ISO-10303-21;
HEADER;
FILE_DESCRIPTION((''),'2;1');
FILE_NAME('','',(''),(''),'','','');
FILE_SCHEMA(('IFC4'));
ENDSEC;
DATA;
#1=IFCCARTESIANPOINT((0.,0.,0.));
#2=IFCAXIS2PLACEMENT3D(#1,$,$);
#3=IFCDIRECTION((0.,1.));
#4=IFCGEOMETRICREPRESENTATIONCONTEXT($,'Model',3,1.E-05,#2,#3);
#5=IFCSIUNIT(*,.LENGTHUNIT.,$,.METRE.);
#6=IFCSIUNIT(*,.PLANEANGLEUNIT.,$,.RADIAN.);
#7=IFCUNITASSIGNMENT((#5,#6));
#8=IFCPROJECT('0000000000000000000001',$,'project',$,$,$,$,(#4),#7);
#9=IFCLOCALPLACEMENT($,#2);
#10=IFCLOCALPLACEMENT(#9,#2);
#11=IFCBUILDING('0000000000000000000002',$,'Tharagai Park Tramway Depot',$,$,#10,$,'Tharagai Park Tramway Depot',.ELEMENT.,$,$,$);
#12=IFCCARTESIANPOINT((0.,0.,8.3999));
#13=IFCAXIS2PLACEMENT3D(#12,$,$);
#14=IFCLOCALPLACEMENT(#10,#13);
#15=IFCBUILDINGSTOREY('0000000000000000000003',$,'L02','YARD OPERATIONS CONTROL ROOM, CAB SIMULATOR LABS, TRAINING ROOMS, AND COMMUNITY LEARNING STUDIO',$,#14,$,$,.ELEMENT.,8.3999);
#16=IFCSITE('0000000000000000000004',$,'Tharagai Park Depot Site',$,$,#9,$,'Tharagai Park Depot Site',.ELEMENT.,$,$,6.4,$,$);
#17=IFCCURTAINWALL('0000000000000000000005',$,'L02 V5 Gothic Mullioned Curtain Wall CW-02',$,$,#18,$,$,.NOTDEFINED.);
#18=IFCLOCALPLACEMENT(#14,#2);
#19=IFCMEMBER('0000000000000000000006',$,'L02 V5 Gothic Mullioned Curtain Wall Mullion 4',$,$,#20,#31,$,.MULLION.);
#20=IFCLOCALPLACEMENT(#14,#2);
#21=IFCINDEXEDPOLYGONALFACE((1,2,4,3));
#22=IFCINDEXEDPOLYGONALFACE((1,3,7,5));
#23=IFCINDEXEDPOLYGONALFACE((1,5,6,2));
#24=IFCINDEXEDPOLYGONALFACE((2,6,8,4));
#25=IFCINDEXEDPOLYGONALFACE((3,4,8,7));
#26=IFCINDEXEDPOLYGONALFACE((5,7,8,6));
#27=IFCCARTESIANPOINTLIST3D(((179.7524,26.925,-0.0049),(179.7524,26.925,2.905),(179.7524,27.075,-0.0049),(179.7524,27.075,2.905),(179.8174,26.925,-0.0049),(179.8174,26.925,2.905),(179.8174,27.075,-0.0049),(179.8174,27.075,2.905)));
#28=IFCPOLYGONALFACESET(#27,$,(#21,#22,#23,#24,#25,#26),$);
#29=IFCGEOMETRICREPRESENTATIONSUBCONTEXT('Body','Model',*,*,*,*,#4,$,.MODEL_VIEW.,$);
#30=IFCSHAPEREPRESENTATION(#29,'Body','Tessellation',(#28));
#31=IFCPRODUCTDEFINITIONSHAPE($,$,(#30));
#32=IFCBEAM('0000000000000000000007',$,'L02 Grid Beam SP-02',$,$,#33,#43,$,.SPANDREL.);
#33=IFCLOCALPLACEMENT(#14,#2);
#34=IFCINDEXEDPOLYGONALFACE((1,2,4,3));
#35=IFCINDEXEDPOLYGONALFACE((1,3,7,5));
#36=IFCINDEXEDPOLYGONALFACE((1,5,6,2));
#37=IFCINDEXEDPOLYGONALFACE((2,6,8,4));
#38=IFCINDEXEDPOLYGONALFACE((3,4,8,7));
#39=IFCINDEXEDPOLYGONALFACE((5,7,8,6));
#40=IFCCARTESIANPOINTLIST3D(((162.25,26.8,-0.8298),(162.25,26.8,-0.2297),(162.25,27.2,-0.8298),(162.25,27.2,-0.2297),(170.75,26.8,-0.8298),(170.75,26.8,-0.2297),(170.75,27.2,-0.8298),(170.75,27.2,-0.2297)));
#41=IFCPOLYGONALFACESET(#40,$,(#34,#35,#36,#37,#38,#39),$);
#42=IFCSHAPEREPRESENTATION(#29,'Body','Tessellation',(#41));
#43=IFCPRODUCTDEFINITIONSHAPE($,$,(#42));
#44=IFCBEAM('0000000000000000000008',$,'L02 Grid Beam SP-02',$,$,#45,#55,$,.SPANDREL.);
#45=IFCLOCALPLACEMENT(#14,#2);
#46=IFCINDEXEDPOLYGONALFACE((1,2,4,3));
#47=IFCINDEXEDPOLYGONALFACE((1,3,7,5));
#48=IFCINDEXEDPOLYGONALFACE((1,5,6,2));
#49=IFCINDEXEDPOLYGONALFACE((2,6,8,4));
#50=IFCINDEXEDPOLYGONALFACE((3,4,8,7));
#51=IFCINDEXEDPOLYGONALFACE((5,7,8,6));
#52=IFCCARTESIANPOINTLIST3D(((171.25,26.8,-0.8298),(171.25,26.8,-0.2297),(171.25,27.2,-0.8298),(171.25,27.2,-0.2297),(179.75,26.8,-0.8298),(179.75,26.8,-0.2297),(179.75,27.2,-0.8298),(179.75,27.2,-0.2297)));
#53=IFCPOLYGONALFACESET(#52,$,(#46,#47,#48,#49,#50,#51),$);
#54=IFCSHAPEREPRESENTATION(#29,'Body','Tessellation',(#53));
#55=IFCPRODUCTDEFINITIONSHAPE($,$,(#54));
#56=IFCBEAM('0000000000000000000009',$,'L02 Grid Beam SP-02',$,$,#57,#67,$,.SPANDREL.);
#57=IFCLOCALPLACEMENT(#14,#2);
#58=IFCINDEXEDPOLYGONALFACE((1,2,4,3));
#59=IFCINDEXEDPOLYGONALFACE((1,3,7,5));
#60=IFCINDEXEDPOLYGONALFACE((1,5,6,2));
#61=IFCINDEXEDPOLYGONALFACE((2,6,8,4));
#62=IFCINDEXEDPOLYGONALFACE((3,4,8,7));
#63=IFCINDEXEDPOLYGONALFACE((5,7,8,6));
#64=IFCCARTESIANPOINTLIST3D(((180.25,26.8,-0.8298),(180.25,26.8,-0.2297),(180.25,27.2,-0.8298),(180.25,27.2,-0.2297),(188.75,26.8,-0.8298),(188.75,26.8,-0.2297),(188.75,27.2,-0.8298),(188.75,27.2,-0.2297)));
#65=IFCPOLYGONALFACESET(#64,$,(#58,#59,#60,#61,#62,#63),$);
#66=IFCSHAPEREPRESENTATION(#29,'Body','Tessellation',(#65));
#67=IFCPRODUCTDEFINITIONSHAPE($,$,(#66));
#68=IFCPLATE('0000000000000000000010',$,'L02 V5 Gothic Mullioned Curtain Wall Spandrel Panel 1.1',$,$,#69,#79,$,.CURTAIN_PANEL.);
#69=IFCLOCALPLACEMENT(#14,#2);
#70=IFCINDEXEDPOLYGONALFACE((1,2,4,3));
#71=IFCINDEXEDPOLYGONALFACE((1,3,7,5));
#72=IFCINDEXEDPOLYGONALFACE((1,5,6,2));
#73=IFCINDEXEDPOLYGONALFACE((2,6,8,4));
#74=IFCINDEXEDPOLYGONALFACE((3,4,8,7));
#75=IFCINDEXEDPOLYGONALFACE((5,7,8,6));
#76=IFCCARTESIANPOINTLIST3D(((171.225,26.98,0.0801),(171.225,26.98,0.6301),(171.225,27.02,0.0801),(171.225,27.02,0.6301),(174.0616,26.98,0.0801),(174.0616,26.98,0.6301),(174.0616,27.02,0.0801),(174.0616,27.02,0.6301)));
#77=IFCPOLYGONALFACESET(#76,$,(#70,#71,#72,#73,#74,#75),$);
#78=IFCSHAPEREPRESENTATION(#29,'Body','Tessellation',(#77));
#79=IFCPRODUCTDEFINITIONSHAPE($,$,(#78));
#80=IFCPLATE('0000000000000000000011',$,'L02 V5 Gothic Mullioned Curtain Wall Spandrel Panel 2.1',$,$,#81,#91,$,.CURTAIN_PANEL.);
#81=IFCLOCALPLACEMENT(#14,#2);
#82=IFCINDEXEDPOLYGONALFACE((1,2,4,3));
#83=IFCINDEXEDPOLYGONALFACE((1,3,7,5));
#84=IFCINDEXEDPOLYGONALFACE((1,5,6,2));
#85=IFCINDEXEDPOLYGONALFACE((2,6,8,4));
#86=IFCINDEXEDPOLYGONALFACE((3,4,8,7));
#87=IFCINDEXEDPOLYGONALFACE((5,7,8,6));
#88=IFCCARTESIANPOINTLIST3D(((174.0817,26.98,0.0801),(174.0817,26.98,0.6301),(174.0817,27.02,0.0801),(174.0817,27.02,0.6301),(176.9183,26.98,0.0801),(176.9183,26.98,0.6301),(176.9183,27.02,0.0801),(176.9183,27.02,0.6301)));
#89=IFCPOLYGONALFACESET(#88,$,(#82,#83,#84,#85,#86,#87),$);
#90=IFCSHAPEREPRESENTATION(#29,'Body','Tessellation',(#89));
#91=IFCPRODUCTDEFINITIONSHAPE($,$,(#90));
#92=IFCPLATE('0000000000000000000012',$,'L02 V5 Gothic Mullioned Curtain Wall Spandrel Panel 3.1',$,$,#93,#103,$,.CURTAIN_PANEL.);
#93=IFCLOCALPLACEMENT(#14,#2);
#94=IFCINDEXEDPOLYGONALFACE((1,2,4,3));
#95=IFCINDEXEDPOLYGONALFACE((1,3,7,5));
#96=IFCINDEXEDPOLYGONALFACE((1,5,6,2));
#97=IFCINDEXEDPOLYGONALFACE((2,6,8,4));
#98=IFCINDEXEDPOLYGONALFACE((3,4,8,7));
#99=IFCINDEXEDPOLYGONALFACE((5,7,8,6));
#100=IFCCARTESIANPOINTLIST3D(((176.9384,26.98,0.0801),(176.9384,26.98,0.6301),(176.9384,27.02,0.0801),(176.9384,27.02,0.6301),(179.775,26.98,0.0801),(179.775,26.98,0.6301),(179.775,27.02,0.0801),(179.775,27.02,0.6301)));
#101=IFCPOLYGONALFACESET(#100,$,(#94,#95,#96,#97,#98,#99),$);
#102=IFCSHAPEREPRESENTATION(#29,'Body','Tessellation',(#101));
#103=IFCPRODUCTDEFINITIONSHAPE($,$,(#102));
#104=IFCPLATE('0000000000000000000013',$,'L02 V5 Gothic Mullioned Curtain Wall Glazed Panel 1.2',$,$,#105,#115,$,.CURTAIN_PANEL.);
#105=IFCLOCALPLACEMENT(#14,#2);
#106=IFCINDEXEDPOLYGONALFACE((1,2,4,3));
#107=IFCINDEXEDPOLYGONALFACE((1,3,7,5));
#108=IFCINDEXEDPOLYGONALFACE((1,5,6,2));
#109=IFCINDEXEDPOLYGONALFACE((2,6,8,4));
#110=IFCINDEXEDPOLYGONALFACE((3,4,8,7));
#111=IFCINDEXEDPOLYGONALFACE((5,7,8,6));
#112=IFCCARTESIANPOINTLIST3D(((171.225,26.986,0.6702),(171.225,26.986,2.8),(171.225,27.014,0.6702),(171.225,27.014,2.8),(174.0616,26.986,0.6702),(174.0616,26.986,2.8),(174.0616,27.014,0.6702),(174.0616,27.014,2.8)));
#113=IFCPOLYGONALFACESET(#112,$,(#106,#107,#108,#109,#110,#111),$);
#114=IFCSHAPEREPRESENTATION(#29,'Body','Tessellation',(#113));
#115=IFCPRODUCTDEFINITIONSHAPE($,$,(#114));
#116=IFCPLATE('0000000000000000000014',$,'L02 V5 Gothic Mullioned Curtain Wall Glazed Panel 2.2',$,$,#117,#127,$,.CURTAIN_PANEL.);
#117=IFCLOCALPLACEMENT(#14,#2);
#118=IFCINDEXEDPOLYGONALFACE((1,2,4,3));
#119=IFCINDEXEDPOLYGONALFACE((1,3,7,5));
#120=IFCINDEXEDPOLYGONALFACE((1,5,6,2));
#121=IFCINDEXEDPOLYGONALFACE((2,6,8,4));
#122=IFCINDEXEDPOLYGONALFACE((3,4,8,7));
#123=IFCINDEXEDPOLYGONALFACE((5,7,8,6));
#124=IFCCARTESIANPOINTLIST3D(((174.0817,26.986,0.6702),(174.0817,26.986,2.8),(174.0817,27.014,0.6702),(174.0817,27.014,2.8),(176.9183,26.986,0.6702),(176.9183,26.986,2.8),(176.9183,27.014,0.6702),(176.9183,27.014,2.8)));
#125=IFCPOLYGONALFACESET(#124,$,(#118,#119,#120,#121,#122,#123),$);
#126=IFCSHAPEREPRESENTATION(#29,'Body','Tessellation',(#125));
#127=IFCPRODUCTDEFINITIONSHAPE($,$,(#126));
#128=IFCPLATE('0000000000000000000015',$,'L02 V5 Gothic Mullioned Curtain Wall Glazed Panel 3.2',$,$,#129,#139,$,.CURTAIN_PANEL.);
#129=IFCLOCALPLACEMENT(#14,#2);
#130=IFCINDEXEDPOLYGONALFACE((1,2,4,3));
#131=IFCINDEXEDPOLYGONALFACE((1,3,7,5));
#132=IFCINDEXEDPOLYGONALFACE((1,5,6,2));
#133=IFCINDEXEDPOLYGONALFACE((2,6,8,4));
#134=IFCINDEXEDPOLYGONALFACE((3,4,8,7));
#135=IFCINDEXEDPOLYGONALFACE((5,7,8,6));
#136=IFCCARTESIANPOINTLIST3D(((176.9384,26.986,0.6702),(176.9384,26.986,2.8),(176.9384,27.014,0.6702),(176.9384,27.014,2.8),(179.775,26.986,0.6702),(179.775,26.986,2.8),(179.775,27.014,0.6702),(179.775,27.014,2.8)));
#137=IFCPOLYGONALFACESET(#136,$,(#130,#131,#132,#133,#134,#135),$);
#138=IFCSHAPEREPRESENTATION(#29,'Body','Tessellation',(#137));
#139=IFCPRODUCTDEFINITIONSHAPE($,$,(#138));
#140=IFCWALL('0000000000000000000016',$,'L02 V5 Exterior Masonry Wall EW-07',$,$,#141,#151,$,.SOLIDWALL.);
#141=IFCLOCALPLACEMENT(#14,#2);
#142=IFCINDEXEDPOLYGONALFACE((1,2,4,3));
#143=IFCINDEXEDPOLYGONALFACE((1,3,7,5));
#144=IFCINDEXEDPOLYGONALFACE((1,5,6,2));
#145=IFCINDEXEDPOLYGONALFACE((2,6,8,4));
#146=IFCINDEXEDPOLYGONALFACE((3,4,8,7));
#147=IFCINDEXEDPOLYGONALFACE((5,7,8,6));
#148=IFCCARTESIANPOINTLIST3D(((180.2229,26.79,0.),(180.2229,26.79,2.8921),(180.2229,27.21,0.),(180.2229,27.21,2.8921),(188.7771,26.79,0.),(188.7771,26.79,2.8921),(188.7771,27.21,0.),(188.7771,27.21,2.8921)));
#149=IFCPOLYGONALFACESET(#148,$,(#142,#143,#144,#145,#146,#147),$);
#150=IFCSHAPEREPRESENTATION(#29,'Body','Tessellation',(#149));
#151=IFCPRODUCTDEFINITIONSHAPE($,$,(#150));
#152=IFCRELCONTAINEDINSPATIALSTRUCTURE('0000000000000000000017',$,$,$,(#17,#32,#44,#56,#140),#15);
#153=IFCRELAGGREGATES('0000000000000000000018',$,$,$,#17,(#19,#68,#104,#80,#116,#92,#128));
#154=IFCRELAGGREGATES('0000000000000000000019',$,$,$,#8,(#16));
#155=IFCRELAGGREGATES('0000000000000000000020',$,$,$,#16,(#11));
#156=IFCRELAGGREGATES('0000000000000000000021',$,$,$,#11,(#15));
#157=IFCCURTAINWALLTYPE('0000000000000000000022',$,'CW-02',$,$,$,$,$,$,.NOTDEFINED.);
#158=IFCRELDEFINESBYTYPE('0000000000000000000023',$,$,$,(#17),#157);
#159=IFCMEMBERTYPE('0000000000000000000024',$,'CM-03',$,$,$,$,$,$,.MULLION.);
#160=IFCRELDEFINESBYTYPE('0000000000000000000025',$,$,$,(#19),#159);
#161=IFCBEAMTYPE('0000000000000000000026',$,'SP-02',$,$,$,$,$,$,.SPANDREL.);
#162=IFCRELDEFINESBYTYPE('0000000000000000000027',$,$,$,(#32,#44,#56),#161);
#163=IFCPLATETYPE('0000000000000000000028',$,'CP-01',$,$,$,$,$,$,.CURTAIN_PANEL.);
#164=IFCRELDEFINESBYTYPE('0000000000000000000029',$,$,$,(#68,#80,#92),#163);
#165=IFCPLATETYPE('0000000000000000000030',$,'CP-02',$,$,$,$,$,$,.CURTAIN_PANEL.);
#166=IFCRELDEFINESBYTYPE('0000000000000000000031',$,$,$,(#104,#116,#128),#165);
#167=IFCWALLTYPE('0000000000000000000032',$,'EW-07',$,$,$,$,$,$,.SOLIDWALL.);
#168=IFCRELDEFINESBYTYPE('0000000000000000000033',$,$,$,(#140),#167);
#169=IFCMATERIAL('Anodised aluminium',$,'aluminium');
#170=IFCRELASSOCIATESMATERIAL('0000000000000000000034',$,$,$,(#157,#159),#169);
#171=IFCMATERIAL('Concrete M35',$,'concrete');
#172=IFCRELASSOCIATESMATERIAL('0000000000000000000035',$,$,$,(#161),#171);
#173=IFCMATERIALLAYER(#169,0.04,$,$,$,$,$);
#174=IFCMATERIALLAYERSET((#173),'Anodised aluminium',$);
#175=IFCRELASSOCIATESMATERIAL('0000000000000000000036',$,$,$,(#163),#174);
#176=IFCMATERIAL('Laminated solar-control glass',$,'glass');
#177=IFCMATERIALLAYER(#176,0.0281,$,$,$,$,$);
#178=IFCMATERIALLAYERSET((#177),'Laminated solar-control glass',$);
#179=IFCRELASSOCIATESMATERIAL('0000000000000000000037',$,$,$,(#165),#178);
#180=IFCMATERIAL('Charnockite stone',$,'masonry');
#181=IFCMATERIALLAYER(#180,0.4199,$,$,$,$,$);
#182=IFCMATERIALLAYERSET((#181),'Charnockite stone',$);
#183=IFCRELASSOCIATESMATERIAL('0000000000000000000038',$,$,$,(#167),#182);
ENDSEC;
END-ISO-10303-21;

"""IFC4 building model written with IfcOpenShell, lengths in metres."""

from ifc_helpers import new_model, si_unit, direction, frame, frame_2d, origin, origin_2d, place, context, subcontext, project, spatial, rectangle, extrude, material, layer, layer_set, material_profile, profile_set, type_object, element, aggregate, save


model = new_model("IFC4")

# Units and contexts
model_context = context("Model", 3, precision=1e-05, world=origin(), true_north=direction((0.0, 1.0)))
body_context = subcontext(model_context, "Body", "Model", "MODEL_VIEW")
ifc_project = project(units=[si_unit("LENGTHUNIT", "METRE"), si_unit("PLANEANGLEUNIT", "RADIAN")], contexts=[model_context])

# Site, building, storey
site_placement = place(None, origin())
site = spatial("IfcSite", under=ifc_project, at=site_placement, Name="Tharagai Park Depot Site", LongName="Tharagai Park Depot Site", CompositionType="ELEMENT", RefElevation=6.4)
building_placement = place(site_placement, origin())
building = spatial("IfcBuilding", under=site, at=building_placement, Name="Tharagai Park Tramway Depot", LongName="Tharagai Park Tramway Depot", CompositionType="ELEMENT")
storey_placement = place(building_placement, frame((0.0, 0.0, 8.3999)))
storey = spatial("IfcBuildingStorey", under=building, at=storey_placement, Name="L02", Description="YARD OPERATIONS CONTROL ROOM, CAB SIMULATOR LABS, TRAINING ROOMS, AND COMMUNITY LEARNING STUDIO", CompositionType="ELEMENT", Elevation=8.3999)

# Curtain wall, member
ifc_material_1 = material(Name="Anodised aluminium", Category="aluminium")
curtain_wall_type = type_object("IfcCurtainWallType", Name="CW-02", PredefinedType="NOTDEFINED", material=ifc_material_1)
curtain_wall_placement = place(storey_placement, origin())
curtain_wall = element("IfcCurtainWall", 1, at=curtain_wall_placement, inside=storey, type_object=curtain_wall_type, Name="L02 V5 Gothic Mullioned Curtain Wall CW-02", PredefinedType="NOTDEFINED")
ifc_material_profile_1 = material_profile(ifc_material_1, rectangle(XDim=0.0649, YDim=0.1499, at=origin_2d()), Name="ALU 65x150")
ifc_profile_set_1 = profile_set([ifc_material_profile_1], Name="Anodised aluminium")
member_type_1 = type_object("IfcMemberType", Name="CM-03", PredefinedType="MULLION", material=ifc_profile_set_1)
member_1_placement = place(storey_placement, frame((179.7849, 27.0, -0.0049), z_axis=(0.0, 0.0, 1.0), x_axis=(1.0, 0.0, 0.0)))
member_1 = element("IfcMember", 2, at=member_1_placement, type_object=member_type_1, Name="L02 V5 Gothic Mullioned Curtain Wall Mullion 4", PredefinedType="MULLION", context=body_context, shape_type="SweptSolid", body=[
    extrude(rectangle(XDim=0.0649, YDim=0.1499, at=origin_2d()), origin(), (0.0, 0.0, 1.0), 2.9099),
])

# Beams
ifc_material_2 = material(Name="Concrete M35", Category="concrete")
ifc_material_profile_2 = material_profile(ifc_material_2, rectangle(XDim=0.3999, YDim=0.6001, at=origin_2d()), Name="RC 400x600")
ifc_profile_set_2 = profile_set([ifc_material_profile_2], Name="Concrete M35")
beam_type = type_object("IfcBeamType", Name="SP-02", PredefinedType="SPANDREL", material=ifc_profile_set_2)
for number, where, z_axis, x_axis, name in (
    (3, (162.25, 27.0, -0.5298), (1.0, 0.0, 0.0), (0.0, 1.0, 0.0), "L02 Grid Beam SP-02"),
    (4, (171.25, 27.0, -0.5298), (1.0, 0.0, 0.0), (0.0, 1.0, 0.0), "L02 Grid Beam SP-02"),
    (5, (180.25, 27.0, -0.5298), (1.0, 0.0, 0.0), (0.0, 1.0, 0.0), "L02 Grid Beam SP-02"),
):
    element("IfcBeam", number, at=place(storey_placement, frame(where, z_axis=z_axis, x_axis=x_axis)), inside=storey, type_object=beam_type, Name=name, PredefinedType="SPANDREL", context=body_context, shape_type="SweptSolid", body=[
        extrude(rectangle(XDim=0.3999, YDim=0.6001, at=origin_2d()), origin(), (0.0, 0.0, 1.0), 8.5),
    ])

# Plates
ifc_layer_1 = layer(ifc_material_1, 0.04)
ifc_layer_set_1 = layer_set([ifc_layer_1], Name="Anodised aluminium")
plate_type_1 = type_object("IfcPlateType", Name="CP-01", PredefinedType="CURTAIN_PANEL", material=ifc_layer_set_1)
plate_1_placement = place(storey_placement, frame((172.6433, 27.0, 0.0801), z_axis=(0.0, 0.0, 1.0), x_axis=(1.0, 0.0, 0.0)))
plate_1 = element("IfcPlate", 6, at=plate_1_placement, type_object=plate_type_1, Name="L02 V5 Gothic Mullioned Curtain Wall Spandrel Panel 1.1", PredefinedType="CURTAIN_PANEL", context=body_context, shape_type="SweptSolid", body=[
    extrude(rectangle(XDim=2.8367, YDim=0.04, at=origin_2d()), origin(), (0.0, 0.0, 1.0), 0.55),
])
plate_2_placement = place(storey_placement, frame((175.5, 27.0, 0.0801), z_axis=(0.0, 0.0, 1.0), x_axis=(1.0, 0.0, 0.0)))
plate_2 = element("IfcPlate", 7, at=plate_2_placement, type_object=plate_type_1, Name="L02 V5 Gothic Mullioned Curtain Wall Spandrel Panel 2.1", PredefinedType="CURTAIN_PANEL", context=body_context, shape_type="SweptSolid", body=[
    extrude(rectangle(XDim=2.8367, YDim=0.04, at=origin_2d()), origin(), (0.0, 0.0, 1.0), 0.55),
])
plate_3_placement = place(storey_placement, frame((178.3567, 27.0, 0.0801), z_axis=(0.0, 0.0, 1.0), x_axis=(1.0, 0.0, 0.0)))
plate_3 = element("IfcPlate", 8, at=plate_3_placement, type_object=plate_type_1, Name="L02 V5 Gothic Mullioned Curtain Wall Spandrel Panel 3.1", PredefinedType="CURTAIN_PANEL", context=body_context, shape_type="SweptSolid", body=[
    extrude(rectangle(XDim=2.8367, YDim=0.04, at=origin_2d()), origin(), (0.0, 0.0, 1.0), 0.55),
])
ifc_material_3 = material(Name="Laminated solar-control glass", Category="glass")
ifc_layer_2 = layer(ifc_material_3, 0.0281)
ifc_layer_set_2 = layer_set([ifc_layer_2], Name="Laminated solar-control glass")
plate_type_2 = type_object("IfcPlateType", Name="CP-02", PredefinedType="CURTAIN_PANEL", material=ifc_layer_set_2)
plate_4_placement = place(storey_placement, frame((172.6433, 27.0, 0.6702), z_axis=(0.0, 0.0, 1.0), x_axis=(1.0, 0.0, 0.0)))
plate_4 = element("IfcPlate", 9, at=plate_4_placement, type_object=plate_type_2, Name="L02 V5 Gothic Mullioned Curtain Wall Glazed Panel 1.2", PredefinedType="CURTAIN_PANEL", context=body_context, shape_type="SweptSolid", body=[
    extrude(rectangle(XDim=2.8367, YDim=0.0281, at=origin_2d()), origin(), (0.0, 0.0, 1.0), 2.1299),
])
plate_5_placement = place(storey_placement, frame((175.5, 27.0, 0.6702), z_axis=(0.0, 0.0, 1.0), x_axis=(1.0, 0.0, 0.0)))
plate_5 = element("IfcPlate", 10, at=plate_5_placement, type_object=plate_type_2, Name="L02 V5 Gothic Mullioned Curtain Wall Glazed Panel 2.2", PredefinedType="CURTAIN_PANEL", context=body_context, shape_type="SweptSolid", body=[
    extrude(rectangle(XDim=2.8367, YDim=0.0281, at=origin_2d()), origin(), (0.0, 0.0, 1.0), 2.1299),
])
plate_6_placement = place(storey_placement, frame((178.3567, 27.0, 0.6702), z_axis=(0.0, 0.0, 1.0), x_axis=(1.0, 0.0, 0.0)))
plate_6 = element("IfcPlate", 11, at=plate_6_placement, type_object=plate_type_2, Name="L02 V5 Gothic Mullioned Curtain Wall Glazed Panel 3.2", PredefinedType="CURTAIN_PANEL", context=body_context, shape_type="SweptSolid", body=[
    extrude(rectangle(XDim=2.8367, YDim=0.0281, at=origin_2d()), origin(), (0.0, 0.0, 1.0), 2.1299),
])
aggregate(curtain_wall, [member_1, plate_1, plate_4, plate_2, plate_5, plate_3, plate_6])

# Wall
ifc_material_4 = material(Name="Charnockite stone", Category="masonry")
ifc_layer_3 = layer(ifc_material_4, 0.4199)
ifc_layer_set_3 = layer_set([ifc_layer_3], Name="Charnockite stone")
wall_type = type_object("IfcWallType", Name="EW-07", PredefinedType="SOLIDWALL", material=ifc_layer_set_3)
wall_placement = place(storey_placement, frame((180.2229, 27.0, 0.0), z_axis=(0.0, 0.0, 1.0), x_axis=(1.0, 0.0, 0.0)))
element("IfcWall", 12, at=wall_placement, inside=storey, type_object=wall_type, Name="L02 V5 Exterior Masonry Wall EW-07", PredefinedType="SOLIDWALL", context=body_context, shape_type="SweptSolid", body=[
    extrude(rectangle(XDim=8.5542, YDim=0.4199, at=frame_2d((4.2771, 0.0))), origin(), (0.0, 0.0, 1.0), 2.8921),
])

save(model, "model.ifc")
